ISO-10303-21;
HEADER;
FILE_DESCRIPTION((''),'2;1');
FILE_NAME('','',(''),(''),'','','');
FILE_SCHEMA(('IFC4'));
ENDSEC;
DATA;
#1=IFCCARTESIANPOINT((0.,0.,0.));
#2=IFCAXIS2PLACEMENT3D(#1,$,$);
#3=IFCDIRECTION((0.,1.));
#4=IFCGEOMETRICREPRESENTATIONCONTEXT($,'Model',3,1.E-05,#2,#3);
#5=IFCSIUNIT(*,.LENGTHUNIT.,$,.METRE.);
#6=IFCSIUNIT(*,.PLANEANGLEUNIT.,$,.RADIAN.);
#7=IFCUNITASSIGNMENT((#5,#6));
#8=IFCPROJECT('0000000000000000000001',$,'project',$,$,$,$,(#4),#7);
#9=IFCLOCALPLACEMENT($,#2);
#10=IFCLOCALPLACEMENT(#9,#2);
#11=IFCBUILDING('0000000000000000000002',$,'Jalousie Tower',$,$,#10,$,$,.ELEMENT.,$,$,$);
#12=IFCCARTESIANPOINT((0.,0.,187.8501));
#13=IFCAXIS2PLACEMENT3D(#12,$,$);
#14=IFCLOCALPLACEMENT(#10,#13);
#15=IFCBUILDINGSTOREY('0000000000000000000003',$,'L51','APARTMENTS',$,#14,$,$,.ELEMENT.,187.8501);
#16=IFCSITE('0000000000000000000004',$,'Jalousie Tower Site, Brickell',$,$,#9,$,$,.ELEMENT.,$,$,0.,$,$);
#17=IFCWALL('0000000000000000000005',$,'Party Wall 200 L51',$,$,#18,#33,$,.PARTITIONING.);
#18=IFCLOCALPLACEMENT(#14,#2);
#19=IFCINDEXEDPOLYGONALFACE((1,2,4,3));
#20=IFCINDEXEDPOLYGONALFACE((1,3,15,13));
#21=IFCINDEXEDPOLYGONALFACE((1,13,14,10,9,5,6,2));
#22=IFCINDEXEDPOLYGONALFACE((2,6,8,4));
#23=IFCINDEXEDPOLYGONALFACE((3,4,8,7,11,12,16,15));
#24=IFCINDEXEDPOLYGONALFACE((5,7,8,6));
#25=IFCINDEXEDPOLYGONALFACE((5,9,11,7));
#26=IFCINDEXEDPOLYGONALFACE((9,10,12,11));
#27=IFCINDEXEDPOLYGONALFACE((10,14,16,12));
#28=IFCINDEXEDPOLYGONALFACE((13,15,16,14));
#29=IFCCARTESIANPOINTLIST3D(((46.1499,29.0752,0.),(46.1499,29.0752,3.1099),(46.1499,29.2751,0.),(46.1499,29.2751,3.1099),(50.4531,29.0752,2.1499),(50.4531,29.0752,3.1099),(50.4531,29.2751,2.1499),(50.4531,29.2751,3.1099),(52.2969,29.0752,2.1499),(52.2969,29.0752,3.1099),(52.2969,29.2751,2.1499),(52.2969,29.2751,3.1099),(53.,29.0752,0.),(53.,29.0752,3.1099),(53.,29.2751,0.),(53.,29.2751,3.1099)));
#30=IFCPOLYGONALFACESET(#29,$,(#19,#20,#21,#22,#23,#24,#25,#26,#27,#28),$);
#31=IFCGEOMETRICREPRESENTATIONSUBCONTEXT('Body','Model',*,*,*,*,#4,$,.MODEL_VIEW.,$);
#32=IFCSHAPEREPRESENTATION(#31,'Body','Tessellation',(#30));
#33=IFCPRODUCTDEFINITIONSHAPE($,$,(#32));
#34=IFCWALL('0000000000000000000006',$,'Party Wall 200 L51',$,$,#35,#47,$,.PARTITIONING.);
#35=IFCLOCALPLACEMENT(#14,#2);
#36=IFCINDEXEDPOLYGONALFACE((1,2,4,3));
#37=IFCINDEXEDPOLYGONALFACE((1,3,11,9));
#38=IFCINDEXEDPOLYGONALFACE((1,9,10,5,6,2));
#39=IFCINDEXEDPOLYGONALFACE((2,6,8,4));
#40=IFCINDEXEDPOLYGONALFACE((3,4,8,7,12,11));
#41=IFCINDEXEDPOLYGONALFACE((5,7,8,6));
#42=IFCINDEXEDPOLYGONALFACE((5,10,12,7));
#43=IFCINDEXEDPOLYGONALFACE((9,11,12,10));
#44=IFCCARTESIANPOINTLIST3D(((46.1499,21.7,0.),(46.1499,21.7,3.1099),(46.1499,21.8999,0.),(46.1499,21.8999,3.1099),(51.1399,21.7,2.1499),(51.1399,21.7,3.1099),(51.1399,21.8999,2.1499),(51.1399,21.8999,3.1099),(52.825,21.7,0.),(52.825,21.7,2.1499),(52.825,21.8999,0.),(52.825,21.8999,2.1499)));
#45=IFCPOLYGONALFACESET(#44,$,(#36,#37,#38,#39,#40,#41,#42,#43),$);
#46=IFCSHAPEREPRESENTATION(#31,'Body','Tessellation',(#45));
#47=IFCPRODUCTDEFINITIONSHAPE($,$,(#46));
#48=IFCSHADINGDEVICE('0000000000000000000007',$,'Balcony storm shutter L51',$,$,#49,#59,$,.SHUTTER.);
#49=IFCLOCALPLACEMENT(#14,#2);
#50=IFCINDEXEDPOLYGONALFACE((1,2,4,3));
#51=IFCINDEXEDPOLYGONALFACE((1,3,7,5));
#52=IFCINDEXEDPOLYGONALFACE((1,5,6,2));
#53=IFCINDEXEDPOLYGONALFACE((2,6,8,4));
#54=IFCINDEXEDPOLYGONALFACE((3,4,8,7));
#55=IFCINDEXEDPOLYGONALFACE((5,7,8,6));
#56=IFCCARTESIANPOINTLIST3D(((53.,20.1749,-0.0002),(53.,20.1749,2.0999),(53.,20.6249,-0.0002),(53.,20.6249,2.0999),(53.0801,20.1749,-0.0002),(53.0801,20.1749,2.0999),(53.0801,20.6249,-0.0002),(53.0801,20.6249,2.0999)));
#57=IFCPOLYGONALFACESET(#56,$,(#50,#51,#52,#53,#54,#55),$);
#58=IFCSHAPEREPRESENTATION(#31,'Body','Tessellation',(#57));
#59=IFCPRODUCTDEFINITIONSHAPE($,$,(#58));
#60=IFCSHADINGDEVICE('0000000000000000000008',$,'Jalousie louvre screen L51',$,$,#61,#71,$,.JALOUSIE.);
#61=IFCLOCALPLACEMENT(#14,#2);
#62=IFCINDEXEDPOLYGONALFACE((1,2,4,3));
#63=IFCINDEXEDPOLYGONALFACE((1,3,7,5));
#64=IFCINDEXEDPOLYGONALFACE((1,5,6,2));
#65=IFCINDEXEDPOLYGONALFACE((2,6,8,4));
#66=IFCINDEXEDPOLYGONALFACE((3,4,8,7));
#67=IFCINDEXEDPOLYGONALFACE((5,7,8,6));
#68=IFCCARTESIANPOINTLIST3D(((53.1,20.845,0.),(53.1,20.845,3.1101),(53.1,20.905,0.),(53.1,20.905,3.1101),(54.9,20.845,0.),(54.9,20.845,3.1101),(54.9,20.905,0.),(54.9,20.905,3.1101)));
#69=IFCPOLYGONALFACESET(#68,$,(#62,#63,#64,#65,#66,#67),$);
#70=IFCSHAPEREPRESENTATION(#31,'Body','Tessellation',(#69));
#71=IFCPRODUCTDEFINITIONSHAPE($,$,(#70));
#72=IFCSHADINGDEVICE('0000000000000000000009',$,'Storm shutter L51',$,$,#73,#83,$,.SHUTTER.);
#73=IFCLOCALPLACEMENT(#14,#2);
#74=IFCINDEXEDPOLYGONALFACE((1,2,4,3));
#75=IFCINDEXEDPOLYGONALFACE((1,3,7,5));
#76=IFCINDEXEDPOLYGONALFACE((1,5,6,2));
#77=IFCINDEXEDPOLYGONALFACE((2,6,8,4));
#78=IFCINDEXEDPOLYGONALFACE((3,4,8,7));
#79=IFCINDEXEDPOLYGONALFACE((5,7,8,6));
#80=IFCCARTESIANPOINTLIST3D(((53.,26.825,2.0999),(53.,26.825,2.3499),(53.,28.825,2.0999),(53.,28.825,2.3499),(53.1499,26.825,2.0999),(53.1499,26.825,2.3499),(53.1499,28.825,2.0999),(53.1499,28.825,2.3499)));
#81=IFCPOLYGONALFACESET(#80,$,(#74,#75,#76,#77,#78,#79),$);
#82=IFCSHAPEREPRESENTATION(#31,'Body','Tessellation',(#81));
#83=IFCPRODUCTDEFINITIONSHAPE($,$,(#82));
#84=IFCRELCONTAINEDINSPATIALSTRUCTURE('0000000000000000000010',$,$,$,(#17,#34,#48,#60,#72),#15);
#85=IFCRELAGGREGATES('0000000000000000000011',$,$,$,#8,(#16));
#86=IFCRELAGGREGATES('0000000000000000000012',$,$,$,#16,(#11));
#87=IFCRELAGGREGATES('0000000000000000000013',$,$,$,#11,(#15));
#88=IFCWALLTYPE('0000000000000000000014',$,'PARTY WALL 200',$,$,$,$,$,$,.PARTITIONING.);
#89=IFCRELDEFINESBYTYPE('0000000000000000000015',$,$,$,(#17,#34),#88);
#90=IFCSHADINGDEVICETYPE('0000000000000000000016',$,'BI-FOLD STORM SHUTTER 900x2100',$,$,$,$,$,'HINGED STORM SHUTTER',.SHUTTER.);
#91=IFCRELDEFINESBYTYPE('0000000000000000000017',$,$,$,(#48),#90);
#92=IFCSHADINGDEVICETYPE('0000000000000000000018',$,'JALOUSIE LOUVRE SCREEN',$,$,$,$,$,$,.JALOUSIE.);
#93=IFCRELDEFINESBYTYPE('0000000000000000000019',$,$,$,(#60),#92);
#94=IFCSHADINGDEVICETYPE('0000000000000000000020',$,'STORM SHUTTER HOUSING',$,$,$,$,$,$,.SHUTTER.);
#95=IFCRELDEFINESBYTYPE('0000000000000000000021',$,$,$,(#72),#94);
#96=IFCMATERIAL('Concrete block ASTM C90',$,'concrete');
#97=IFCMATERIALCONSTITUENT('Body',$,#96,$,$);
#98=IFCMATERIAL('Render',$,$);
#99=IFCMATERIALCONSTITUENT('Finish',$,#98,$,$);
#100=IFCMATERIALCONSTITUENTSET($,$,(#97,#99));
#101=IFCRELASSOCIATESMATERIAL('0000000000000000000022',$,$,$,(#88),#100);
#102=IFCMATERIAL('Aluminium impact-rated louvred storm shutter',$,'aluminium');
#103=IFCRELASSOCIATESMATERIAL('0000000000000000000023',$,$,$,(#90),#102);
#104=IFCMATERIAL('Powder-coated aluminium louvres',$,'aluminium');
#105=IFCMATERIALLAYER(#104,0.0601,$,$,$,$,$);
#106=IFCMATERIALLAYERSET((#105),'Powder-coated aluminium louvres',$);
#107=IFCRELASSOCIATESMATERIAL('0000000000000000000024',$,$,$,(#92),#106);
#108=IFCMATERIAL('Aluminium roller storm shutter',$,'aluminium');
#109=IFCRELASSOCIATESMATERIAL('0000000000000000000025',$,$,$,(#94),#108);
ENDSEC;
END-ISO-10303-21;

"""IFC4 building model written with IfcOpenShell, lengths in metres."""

from ifc_helpers import new_model, si_unit, direction, frame, origin, origin_2d, place, context, subcontext, project, spatial, polyline, rectangle, outline, extrude, material, layer, layer_set, constituent, constituent_set, type_object, element, save


model = new_model("IFC4")

# Units and contexts
model_context = context("Model", 3, precision=1e-05, world=origin(), true_north=direction((0.0, 1.0)))
body_context = subcontext(model_context, "Body", "Model", "MODEL_VIEW")
ifc_project = project(units=[si_unit("LENGTHUNIT", "METRE"), si_unit("PLANEANGLEUNIT", "RADIAN")], contexts=[model_context])

# Site, building, storey
site_placement = place(None, origin())
site = spatial("IfcSite", under=ifc_project, at=site_placement, Name="Jalousie Tower Site, Brickell", CompositionType="ELEMENT", RefElevation=0.0)
building_placement = place(site_placement, origin())
building = spatial("IfcBuilding", under=site, at=building_placement, Name="Jalousie Tower", CompositionType="ELEMENT")
storey_placement = place(building_placement, frame((0.0, 0.0, 187.8501)))
storey = spatial("IfcBuildingStorey", under=building, at=storey_placement, Name="L51", Description="APARTMENTS", CompositionType="ELEMENT", Elevation=187.8501)

# Walls
ifc_material_1 = material(Name="Concrete block ASTM C90", Category="concrete")
ifc_constituent_1 = constituent(ifc_material_1, Name="Body")
ifc_material_2 = material(Name="Render")
ifc_constituent_2 = constituent(ifc_material_2, Name="Finish")
ifc_constituent_set_1 = constituent_set(constituents=[ifc_constituent_1, ifc_constituent_2])
wall_type_1 = type_object("IfcWallType", Name="PARTY WALL 200", PredefinedType="PARTITIONING", material=ifc_constituent_set_1)
wall_1_placement = place(storey_placement, frame((46.1499, 29.175, 0.0), z_axis=(0.0, 0.0, 1.0), x_axis=(1.0, 0.0, 0.0)))
element("IfcWall", 1, at=wall_1_placement, inside=storey, type_object=wall_type_1, Name="Party Wall 200 L51", PredefinedType="PARTITIONING", context=body_context, shape_type="SweptSolid", body=[
    extrude(outline(polyline([(0.0, 0.0), (6.8501, 0.0), (6.8501, 3.1099), (6.147, 3.1099), (6.147, 2.1499), (4.3032, 2.1499), (4.3032, 3.1099), (0.0, 3.1099), (0.0, 0.0)])), frame((0.0, 0.1001, 0.0), z_axis=(0.0, -1.0, 0.0), x_axis=(1.0, 0.0, 0.0)), (0.0, 0.0, 1.0), 0.2),
])
wall_2_placement = place(storey_placement, frame((52.825, 21.8, 0.0), z_axis=(0.0, 0.0, 1.0), x_axis=(-1.0, 0.0, 0.0)))
element("IfcWall", 2, at=wall_2_placement, inside=storey, type_object=wall_type_1, Name="Party Wall 200 L51", PredefinedType="PARTITIONING", context=body_context, shape_type="SweptSolid", body=[
    extrude(outline(polyline([(0.0, 0.0), (6.675, 0.0), (6.675, 3.1099), (1.6851, 3.1099), (1.6851, 2.1499), (0.0, 2.1499), (0.0, 3.1099), (0.0, 0.0)])), frame((0.0, 0.1001, 0.0), z_axis=(0.0, -1.0, 0.0), x_axis=(1.0, 0.0, 0.0)), (0.0, 0.0, 1.0), 0.2),
])

# Shading devices
ifc_material_3 = material(Name="Aluminium impact-rated louvred storm shutter", Category="aluminium")
shading_device_type_1 = type_object("IfcShadingDeviceType", Name="BI-FOLD STORM SHUTTER 900x2100", ElementType="HINGED STORM SHUTTER", PredefinedType="SHUTTER", material=ifc_material_3)
shading_device_1_placement = place(storey_placement, frame((53.04, 20.3999, -0.0002), z_axis=(0.0, 0.0, 1.0), x_axis=(0.0, 1.0, 0.0)))
element("IfcShadingDevice", 3, at=shading_device_1_placement, inside=storey, type_object=shading_device_type_1, Name="Balcony storm shutter L51", PredefinedType="SHUTTER", context=body_context, shape_type="SweptSolid", body=[
    extrude(rectangle(XDim=0.45, YDim=0.0801, at=origin_2d()), origin(), (0.0, 0.0, 1.0), 2.1001),
])
ifc_material_4 = material(Name="Powder-coated aluminium louvres", Category="aluminium")
ifc_layer_1 = layer(ifc_material_4, 0.0601)
ifc_layer_set_1 = layer_set([ifc_layer_1], Name="Powder-coated aluminium louvres")
shading_device_type_2 = type_object("IfcShadingDeviceType", Name="JALOUSIE LOUVRE SCREEN", PredefinedType="JALOUSIE", material=ifc_layer_set_1)
shading_device_2_placement = place(storey_placement, frame((54.0, 20.875, 0.0), z_axis=(0.0, 0.0, 1.0), x_axis=(0.0, 1.0, 0.0)))
element("IfcShadingDevice", 4, at=shading_device_2_placement, inside=storey, type_object=shading_device_type_2, Name="Jalousie louvre screen L51", PredefinedType="JALOUSIE", context=body_context, shape_type="SweptSolid", body=[
    extrude(rectangle(XDim=0.0601, YDim=1.8, at=origin_2d()), origin(), (0.0, 0.0, 1.0), 3.1101),
])
ifc_material_5 = material(Name="Aluminium roller storm shutter", Category="aluminium")
shading_device_type_3 = type_object("IfcShadingDeviceType", Name="STORM SHUTTER HOUSING", PredefinedType="SHUTTER", material=ifc_material_5)
shading_device_3_placement = place(storey_placement, frame((53.075, 27.825, 2.0999), z_axis=(0.0, 0.0, 1.0), x_axis=(0.0, 1.0, 0.0)))
element("IfcShadingDevice", 5, at=shading_device_3_placement, inside=storey, type_object=shading_device_type_3, Name="Storm shutter L51", PredefinedType="SHUTTER", context=body_context, shape_type="SweptSolid", body=[
    extrude(rectangle(XDim=2.0, YDim=0.1499, at=origin_2d()), origin(), (0.0, 0.0, 1.0), 0.25),
])

save(model, "model.ifc")
